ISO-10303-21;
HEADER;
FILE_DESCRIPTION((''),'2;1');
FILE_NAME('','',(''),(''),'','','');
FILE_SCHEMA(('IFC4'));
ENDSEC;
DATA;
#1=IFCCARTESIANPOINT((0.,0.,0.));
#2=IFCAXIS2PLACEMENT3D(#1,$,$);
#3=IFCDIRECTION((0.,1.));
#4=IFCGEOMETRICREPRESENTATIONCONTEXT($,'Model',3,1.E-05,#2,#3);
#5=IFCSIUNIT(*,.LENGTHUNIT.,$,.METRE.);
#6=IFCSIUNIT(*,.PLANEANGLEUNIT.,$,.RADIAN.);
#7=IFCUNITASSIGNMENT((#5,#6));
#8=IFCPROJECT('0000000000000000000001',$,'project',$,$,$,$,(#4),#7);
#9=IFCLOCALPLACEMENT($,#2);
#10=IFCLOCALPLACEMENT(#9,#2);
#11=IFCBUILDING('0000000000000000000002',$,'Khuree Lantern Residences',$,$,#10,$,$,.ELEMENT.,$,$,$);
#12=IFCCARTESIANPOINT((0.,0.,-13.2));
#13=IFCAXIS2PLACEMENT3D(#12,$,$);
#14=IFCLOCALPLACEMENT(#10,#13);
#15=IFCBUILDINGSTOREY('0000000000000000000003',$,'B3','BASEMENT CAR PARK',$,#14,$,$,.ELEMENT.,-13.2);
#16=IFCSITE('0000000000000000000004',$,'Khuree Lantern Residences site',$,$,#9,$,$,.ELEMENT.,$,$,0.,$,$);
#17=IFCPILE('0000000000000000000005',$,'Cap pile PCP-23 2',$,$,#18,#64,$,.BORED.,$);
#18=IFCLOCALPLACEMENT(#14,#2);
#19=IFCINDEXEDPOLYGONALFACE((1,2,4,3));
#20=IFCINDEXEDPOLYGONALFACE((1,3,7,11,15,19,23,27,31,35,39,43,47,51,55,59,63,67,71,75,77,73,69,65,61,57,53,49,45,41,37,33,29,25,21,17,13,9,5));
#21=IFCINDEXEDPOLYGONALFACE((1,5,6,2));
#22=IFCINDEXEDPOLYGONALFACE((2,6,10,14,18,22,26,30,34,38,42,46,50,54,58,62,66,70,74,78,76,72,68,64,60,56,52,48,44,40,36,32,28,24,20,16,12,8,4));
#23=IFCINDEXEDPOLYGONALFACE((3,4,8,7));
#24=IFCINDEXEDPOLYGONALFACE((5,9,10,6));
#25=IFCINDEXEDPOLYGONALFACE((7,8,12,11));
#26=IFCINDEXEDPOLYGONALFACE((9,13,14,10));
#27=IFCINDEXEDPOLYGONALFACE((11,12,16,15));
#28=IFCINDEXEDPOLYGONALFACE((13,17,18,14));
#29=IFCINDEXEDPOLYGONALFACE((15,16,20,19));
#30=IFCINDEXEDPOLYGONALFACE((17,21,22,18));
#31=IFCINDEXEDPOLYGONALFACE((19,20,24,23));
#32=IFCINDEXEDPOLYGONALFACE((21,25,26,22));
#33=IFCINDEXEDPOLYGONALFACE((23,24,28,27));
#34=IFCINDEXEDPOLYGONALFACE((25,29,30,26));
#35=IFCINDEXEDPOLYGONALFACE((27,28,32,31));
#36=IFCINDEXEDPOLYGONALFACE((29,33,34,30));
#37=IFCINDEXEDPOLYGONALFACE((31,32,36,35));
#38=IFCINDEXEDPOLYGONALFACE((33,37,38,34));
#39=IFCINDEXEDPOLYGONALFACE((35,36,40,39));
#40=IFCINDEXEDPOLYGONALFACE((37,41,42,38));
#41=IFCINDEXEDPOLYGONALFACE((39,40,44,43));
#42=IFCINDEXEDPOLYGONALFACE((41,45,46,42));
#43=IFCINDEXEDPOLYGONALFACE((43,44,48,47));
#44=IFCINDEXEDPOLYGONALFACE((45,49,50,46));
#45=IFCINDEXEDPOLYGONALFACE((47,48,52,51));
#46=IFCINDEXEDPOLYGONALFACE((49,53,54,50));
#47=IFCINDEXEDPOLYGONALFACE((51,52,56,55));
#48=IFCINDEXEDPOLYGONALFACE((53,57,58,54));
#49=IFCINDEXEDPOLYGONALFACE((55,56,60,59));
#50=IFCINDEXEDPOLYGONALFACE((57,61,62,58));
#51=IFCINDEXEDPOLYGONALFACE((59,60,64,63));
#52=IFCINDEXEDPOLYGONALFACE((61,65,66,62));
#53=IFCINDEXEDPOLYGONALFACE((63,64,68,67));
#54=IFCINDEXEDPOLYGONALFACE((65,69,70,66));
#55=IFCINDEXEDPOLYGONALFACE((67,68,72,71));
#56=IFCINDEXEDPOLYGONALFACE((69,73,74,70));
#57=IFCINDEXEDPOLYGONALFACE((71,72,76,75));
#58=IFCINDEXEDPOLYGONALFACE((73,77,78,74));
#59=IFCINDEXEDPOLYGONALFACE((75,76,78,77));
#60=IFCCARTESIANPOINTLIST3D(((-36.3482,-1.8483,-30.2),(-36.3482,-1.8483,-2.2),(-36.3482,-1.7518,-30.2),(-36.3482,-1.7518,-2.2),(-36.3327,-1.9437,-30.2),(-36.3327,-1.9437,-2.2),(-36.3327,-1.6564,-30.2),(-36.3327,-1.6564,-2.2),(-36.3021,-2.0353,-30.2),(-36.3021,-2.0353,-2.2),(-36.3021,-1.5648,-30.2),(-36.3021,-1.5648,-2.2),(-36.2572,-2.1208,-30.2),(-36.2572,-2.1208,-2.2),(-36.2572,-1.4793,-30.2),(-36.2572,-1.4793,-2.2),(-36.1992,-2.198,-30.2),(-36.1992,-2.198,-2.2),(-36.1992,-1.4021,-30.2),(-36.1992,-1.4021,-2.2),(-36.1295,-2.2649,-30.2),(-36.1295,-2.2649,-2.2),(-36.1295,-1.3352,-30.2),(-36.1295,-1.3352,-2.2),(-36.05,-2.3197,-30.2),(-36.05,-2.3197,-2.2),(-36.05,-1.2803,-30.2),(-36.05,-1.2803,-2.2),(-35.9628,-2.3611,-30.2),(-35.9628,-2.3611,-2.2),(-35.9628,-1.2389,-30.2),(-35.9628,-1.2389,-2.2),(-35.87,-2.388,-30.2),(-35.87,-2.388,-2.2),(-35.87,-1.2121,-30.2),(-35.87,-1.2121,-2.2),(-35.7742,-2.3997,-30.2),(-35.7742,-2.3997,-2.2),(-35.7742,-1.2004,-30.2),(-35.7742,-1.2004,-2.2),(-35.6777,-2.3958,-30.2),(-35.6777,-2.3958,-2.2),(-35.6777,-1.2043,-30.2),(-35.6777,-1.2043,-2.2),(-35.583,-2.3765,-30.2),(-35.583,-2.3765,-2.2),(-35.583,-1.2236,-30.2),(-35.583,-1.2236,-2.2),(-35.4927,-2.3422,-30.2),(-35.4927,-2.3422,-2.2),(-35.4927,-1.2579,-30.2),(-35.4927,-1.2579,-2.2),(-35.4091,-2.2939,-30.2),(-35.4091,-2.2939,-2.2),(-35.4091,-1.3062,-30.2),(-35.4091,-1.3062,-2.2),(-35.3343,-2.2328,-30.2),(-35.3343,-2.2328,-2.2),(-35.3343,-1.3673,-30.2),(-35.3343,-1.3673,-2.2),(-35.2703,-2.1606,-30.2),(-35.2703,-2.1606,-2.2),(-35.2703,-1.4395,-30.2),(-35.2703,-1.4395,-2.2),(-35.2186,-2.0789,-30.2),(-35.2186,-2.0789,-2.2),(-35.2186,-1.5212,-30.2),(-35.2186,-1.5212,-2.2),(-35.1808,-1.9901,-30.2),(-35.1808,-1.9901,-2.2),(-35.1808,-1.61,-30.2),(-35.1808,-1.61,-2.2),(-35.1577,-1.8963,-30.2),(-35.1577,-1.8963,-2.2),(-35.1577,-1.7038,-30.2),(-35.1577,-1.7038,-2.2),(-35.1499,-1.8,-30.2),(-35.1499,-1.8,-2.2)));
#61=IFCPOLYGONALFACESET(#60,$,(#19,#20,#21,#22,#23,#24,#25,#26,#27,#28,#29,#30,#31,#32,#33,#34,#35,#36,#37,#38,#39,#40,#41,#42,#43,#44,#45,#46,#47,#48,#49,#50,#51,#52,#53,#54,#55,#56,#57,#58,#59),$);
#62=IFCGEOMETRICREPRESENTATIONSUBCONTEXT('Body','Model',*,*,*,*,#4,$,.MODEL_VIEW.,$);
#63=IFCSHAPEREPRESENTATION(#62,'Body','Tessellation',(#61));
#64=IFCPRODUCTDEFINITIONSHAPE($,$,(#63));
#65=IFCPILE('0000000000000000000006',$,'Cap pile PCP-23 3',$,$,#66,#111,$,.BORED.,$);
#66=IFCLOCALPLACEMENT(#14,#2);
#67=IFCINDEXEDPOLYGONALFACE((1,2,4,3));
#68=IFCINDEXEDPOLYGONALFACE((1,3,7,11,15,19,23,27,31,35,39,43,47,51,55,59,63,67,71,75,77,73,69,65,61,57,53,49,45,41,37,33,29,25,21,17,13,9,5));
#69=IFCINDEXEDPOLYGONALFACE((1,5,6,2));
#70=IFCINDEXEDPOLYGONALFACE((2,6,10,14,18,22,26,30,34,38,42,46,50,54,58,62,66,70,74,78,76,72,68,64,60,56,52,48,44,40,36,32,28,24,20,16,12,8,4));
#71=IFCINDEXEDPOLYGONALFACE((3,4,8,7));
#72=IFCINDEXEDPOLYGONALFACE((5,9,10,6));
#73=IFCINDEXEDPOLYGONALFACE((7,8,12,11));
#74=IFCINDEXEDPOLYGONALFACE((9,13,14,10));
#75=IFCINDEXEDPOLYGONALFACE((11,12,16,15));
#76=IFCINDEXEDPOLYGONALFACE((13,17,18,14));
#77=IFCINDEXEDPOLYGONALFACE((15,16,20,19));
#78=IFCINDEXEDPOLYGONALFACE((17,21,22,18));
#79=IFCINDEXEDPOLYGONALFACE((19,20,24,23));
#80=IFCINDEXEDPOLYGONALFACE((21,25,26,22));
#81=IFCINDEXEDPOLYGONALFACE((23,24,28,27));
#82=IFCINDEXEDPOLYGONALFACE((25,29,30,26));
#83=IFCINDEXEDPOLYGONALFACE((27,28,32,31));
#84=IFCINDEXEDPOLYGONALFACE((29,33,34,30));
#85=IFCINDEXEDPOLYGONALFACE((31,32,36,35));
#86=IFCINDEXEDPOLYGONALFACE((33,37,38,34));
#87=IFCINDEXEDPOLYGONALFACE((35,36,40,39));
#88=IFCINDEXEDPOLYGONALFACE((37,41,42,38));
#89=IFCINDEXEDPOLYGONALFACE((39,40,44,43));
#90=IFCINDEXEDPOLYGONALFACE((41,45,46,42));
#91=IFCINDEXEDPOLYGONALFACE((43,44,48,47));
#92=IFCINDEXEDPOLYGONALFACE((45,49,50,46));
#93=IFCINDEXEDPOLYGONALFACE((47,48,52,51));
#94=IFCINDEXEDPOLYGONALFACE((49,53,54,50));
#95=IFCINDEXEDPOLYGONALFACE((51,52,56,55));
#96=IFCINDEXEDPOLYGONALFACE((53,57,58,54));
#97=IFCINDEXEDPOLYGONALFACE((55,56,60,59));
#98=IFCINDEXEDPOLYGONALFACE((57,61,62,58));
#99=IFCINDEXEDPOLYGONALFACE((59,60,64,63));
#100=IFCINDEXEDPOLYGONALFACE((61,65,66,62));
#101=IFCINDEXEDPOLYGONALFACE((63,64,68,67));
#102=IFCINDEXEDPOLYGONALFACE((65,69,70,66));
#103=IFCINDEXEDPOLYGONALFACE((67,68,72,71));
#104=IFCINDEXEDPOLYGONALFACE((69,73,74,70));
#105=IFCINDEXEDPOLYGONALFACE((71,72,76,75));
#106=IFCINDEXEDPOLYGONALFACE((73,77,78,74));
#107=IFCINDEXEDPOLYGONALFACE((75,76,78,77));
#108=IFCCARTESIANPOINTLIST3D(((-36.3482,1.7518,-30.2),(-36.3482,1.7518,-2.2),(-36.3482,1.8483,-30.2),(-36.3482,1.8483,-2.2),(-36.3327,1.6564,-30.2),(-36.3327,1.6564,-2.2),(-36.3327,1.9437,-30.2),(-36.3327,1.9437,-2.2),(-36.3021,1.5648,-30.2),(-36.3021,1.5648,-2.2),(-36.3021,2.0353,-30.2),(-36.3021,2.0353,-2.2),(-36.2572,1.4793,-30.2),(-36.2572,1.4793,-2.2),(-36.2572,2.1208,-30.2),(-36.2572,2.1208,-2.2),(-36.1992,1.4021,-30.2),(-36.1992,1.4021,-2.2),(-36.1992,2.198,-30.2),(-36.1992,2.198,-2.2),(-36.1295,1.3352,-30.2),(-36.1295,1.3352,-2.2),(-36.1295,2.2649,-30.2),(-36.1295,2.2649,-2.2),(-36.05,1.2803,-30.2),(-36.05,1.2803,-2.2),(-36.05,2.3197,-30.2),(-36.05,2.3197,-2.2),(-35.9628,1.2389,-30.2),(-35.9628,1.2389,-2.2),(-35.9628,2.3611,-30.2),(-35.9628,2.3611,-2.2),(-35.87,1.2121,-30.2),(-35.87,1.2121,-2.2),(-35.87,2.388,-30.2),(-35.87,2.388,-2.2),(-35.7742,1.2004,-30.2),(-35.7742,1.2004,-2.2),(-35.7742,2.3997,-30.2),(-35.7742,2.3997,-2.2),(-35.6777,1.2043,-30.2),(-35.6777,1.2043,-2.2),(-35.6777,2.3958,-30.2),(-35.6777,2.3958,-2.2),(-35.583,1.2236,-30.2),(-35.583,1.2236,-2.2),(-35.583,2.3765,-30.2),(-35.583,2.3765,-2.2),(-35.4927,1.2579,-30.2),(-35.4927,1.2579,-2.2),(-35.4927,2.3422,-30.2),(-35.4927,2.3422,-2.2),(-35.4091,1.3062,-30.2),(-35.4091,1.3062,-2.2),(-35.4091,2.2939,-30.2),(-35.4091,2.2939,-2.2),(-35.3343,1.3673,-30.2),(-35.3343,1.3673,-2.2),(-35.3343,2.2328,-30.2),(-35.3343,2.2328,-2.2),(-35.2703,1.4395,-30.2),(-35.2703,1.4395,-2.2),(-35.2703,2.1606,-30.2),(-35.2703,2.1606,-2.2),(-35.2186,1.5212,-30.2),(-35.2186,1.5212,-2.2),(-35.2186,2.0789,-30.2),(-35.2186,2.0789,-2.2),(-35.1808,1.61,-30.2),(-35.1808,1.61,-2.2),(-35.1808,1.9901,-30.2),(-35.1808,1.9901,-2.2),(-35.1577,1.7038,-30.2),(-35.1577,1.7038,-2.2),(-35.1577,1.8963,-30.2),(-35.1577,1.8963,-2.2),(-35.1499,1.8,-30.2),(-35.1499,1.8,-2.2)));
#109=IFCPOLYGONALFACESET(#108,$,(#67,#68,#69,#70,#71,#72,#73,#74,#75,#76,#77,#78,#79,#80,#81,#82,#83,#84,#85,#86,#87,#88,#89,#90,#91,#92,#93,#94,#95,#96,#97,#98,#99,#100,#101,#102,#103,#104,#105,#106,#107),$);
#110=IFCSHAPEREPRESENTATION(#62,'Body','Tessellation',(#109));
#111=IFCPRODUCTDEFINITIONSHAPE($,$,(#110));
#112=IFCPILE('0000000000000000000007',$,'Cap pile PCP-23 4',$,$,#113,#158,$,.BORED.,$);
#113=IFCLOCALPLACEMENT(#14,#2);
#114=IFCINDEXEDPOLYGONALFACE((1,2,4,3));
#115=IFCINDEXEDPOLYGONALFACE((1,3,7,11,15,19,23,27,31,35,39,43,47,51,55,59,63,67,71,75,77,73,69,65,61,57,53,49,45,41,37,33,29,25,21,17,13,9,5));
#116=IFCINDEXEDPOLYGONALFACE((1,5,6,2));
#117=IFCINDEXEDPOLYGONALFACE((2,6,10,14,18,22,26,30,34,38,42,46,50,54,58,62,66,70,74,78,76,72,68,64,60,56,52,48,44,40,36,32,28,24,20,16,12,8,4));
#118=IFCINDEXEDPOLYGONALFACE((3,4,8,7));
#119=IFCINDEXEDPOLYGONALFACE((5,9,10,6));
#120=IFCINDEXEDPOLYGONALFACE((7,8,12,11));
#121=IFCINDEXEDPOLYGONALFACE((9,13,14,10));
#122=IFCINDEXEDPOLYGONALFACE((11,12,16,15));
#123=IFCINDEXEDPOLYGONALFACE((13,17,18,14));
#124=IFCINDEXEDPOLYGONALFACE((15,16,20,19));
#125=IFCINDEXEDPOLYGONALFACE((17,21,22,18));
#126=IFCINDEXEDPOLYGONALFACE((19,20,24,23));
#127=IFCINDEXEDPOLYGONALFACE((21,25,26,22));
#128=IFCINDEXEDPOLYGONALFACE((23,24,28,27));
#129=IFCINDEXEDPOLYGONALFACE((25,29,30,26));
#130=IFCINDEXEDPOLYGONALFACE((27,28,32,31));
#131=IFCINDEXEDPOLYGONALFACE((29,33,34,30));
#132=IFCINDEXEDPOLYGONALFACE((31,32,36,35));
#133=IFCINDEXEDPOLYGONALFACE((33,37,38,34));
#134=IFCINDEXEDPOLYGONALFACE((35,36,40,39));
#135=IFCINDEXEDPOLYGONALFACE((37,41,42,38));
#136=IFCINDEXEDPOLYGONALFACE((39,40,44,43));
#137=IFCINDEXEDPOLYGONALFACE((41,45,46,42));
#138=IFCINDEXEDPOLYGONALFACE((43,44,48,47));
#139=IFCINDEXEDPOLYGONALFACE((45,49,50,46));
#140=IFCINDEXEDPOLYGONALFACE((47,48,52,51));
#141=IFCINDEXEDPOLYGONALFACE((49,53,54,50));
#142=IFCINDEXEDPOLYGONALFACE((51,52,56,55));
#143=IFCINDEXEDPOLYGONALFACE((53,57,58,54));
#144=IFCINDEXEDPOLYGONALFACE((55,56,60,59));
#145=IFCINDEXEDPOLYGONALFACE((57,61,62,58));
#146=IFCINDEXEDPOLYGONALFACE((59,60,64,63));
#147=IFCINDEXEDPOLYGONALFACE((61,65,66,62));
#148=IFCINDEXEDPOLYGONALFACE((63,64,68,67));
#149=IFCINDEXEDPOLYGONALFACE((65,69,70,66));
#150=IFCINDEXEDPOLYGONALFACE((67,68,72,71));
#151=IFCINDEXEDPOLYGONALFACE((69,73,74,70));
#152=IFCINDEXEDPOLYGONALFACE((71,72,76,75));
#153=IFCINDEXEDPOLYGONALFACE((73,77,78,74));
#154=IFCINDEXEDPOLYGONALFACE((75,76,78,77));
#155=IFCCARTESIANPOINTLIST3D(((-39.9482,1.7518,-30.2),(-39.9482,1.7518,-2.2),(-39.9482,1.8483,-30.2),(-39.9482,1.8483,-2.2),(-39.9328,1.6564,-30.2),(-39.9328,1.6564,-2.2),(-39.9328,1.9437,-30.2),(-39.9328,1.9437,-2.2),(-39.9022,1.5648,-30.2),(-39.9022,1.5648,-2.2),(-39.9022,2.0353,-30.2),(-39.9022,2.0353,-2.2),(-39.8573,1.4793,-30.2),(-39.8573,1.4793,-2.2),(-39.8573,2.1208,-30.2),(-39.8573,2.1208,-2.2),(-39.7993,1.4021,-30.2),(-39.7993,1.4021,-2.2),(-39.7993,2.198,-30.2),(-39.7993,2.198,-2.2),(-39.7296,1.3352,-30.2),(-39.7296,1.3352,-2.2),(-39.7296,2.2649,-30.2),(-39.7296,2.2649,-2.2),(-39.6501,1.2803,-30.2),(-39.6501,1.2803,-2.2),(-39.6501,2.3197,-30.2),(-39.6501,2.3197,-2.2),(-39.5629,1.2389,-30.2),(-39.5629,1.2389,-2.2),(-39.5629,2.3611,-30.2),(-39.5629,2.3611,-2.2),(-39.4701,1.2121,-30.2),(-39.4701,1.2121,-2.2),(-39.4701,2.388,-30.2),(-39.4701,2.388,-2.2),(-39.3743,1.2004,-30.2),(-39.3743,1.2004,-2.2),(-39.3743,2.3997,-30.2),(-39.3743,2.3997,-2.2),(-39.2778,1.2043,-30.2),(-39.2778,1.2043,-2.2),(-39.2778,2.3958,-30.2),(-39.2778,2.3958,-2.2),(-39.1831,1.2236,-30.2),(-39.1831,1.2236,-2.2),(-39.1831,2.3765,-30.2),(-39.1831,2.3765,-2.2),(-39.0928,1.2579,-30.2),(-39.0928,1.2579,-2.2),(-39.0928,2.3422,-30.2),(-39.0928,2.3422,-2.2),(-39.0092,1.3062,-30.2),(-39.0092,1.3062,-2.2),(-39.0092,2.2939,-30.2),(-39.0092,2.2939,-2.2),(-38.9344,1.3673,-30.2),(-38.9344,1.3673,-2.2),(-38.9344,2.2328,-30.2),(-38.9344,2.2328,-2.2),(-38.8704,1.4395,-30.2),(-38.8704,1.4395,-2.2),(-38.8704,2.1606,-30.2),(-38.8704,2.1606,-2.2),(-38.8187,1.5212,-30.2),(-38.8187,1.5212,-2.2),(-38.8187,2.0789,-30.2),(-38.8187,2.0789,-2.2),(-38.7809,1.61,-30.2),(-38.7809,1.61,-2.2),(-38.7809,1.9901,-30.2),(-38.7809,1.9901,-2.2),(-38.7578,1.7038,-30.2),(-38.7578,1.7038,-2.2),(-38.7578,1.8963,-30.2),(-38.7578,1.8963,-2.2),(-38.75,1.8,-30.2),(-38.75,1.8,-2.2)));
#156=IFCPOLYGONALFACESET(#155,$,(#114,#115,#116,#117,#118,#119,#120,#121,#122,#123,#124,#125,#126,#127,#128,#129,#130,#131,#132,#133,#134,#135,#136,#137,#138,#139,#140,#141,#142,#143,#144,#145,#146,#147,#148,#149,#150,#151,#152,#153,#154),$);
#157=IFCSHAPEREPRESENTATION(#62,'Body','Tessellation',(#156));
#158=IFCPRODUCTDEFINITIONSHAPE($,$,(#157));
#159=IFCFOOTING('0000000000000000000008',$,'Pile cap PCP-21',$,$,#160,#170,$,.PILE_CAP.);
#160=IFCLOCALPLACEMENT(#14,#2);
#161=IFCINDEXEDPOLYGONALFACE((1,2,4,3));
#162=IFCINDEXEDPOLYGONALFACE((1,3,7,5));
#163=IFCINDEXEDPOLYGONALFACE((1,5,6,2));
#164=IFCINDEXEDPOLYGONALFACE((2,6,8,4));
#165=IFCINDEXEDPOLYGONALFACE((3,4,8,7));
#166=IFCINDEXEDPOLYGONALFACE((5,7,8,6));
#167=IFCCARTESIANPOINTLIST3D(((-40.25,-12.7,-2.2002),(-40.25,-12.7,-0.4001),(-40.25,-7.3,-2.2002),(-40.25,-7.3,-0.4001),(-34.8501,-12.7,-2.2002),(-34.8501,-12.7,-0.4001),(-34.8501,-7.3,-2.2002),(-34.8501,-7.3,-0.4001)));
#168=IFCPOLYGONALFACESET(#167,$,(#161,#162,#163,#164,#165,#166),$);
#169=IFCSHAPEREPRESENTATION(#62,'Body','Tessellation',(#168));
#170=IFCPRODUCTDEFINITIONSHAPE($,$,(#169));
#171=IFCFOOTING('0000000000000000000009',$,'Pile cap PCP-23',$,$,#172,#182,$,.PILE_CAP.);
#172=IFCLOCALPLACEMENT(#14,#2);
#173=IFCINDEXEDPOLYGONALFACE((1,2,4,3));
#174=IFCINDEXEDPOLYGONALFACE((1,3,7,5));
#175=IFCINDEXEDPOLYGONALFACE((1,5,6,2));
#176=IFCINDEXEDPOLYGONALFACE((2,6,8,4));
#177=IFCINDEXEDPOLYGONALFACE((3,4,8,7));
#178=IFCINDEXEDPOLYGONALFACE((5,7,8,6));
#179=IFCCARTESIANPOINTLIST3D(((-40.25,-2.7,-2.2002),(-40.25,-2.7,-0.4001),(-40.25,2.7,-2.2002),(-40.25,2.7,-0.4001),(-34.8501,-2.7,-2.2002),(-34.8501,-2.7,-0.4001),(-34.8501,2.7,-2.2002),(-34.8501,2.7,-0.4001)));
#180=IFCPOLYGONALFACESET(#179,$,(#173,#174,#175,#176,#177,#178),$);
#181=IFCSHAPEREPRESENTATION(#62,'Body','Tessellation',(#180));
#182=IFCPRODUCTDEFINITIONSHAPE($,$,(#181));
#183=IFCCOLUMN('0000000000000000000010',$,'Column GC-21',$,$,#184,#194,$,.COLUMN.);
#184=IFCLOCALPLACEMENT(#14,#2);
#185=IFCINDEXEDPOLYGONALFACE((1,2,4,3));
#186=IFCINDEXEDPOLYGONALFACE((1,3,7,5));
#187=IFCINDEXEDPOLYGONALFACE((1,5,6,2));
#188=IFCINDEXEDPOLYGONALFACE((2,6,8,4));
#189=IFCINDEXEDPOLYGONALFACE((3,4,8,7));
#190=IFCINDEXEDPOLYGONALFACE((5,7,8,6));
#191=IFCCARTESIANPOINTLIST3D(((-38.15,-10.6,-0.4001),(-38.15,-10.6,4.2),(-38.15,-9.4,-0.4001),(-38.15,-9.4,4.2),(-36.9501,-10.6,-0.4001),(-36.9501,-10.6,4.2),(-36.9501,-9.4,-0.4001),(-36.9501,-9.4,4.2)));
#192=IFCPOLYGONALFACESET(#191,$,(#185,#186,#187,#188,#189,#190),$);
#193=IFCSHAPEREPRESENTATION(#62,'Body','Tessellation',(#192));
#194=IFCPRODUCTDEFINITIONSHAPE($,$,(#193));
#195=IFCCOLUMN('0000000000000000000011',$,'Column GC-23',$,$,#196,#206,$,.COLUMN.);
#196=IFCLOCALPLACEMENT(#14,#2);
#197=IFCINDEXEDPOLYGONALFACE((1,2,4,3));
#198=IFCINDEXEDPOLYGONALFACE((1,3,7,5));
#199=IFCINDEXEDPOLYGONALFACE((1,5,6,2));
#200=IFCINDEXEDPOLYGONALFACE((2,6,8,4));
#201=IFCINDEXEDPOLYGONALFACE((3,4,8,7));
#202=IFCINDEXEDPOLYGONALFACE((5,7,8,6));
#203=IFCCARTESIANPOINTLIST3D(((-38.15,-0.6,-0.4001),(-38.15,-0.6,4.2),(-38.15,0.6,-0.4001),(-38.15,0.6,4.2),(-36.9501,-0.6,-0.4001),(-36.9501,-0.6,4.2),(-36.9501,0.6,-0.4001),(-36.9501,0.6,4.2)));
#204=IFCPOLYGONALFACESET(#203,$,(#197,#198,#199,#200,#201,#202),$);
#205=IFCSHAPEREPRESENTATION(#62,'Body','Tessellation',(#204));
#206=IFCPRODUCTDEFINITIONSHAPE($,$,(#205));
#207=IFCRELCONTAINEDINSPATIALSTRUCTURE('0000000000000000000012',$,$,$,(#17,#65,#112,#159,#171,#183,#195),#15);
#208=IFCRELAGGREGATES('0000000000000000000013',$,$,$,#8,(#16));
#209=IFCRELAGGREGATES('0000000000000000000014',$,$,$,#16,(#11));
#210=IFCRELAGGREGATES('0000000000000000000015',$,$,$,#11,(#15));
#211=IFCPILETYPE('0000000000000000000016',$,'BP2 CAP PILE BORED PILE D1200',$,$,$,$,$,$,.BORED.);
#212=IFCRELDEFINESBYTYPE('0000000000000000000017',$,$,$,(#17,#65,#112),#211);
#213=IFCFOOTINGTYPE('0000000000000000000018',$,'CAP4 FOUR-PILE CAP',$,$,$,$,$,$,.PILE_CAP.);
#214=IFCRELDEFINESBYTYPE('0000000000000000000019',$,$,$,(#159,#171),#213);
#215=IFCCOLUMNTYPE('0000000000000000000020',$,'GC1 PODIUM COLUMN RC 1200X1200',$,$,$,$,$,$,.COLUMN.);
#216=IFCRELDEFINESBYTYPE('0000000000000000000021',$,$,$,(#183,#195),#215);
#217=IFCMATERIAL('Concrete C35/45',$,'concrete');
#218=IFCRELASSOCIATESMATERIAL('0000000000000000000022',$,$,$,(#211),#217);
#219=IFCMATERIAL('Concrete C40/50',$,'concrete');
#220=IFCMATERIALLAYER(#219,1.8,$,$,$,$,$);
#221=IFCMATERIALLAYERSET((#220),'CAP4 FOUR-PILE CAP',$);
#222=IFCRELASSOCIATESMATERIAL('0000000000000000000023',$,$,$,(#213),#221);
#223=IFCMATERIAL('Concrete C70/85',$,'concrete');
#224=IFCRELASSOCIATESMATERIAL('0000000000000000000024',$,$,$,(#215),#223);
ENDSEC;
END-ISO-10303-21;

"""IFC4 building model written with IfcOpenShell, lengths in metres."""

from ifc_helpers import new_model, si_unit, direction, frame, origin, origin_2d, place, context, subcontext, project, spatial, rectangle, circle, extrude, material, layer, layer_set, material_profile, profile_set, type_object, element, save


model = new_model("IFC4")

# Units and contexts
model_context = context("Model", 3, precision=1e-05, world=origin(), true_north=direction((0.0, 1.0)))
body_context = subcontext(model_context, "Body", "Model", "MODEL_VIEW")
ifc_project = project(units=[si_unit("LENGTHUNIT", "METRE"), si_unit("PLANEANGLEUNIT", "RADIAN")], contexts=[model_context])

# Site, building, storey
site_placement = place(None, origin())
site = spatial("IfcSite", under=ifc_project, at=site_placement, Name="Khuree Lantern Residences site", CompositionType="ELEMENT", RefElevation=0.0)
building_placement = place(site_placement, origin())
building = spatial("IfcBuilding", under=site, at=building_placement, Name="Khuree Lantern Residences", CompositionType="ELEMENT")
storey_placement = place(building_placement, frame((0.0, 0.0, -13.2)))
storey = spatial("IfcBuildingStorey", under=building, at=storey_placement, Name="B3", Description="BASEMENT CAR PARK", CompositionType="ELEMENT", Elevation=-13.2)

# Piles
ifc_material_1 = material(Name="Concrete C35/45", Category="concrete")
ifc_material_profile_1 = material_profile(ifc_material_1, circle(Radius=0.6001, at=origin_2d()), Name="BORED PILE D1200")
ifc_profile_set_1 = profile_set([ifc_material_profile_1], Name="Concrete C35/45")
pile_type_1 = type_object("IfcPileType", Name="BP2 CAP PILE BORED PILE D1200", PredefinedType="BORED", material=ifc_profile_set_1)
for number, where, z_axis, x_axis, name in (
    (1, (-35.75, -1.8, -2.2), (0.0, 0.0, -1.0), (1.0, 0.0, 0.0), "Cap pile PCP-23 2"),
    (2, (-35.75, 1.8, -2.2), (0.0, 0.0, -1.0), (1.0, 0.0, 0.0), "Cap pile PCP-23 3"),
    (3, (-39.3501, 1.8, -2.2), (0.0, 0.0, -1.0), (1.0, 0.0, 0.0), "Cap pile PCP-23 4"),
):
    element("IfcPile", number, at=place(storey_placement, frame(where, z_axis=z_axis, x_axis=x_axis)), inside=storey, type_object=pile_type_1, Name=name, PredefinedType="BORED", context=body_context, shape_type="SweptSolid", body=[
        extrude(circle(Radius=0.6001, at=origin_2d()), origin(), (0.0, 0.0, 1.0), 28.0),
    ])

# Footings
ifc_material_2 = material(Name="Concrete C40/50", Category="concrete")
ifc_layer_1 = layer(ifc_material_2, 1.8)
ifc_layer_set_1 = layer_set([ifc_layer_1], Name="CAP4 FOUR-PILE CAP")
footing_type = type_object("IfcFootingType", Name="CAP4 FOUR-PILE CAP", PredefinedType="PILE_CAP", material=ifc_layer_set_1)
for number, where, z_axis, x_axis, name in (
    (4, (-37.55, -10.0, -2.2002), (0.0, 0.0, 1.0), (1.0, 0.0, 0.0), "Pile cap PCP-21"),
    (5, (-37.55, 0.0, -2.2002), (0.0, 0.0, 1.0), (1.0, 0.0, 0.0), "Pile cap PCP-23"),
):
    element("IfcFooting", number, at=place(storey_placement, frame(where, z_axis=z_axis, x_axis=x_axis)), inside=storey, type_object=footing_type, Name=name, PredefinedType="PILE_CAP", context=body_context, shape_type="SweptSolid", body=[
        extrude(rectangle(XDim=5.3999, YDim=5.3999, at=origin_2d()), origin(), (0.0, 0.0, 1.0), 1.8),
    ])

# Columns
ifc_material_3 = material(Name="Concrete C70/85", Category="concrete")
ifc_material_profile_2 = material_profile(ifc_material_3, rectangle(XDim=1.2, YDim=1.2, at=origin_2d()), Name="RC 1200X1200")
ifc_profile_set_2 = profile_set([ifc_material_profile_2], Name="Concrete C70/85")
column_type_1 = type_object("IfcColumnType", Name="GC1 PODIUM COLUMN RC 1200X1200", PredefinedType="COLUMN", material=ifc_profile_set_2)
for number, where, z_axis, x_axis, name in (
    (6, (-37.55, -10.0, -0.4001), (0.0, 0.0, 1.0), (1.0, 0.0, 0.0), "Column GC-21"),
    (7, (-37.55, 0.0, -0.4001), (0.0, 0.0, 1.0), (1.0, 0.0, 0.0), "Column GC-23"),
):
    element("IfcColumn", number, at=place(storey_placement, frame(where, z_axis=z_axis, x_axis=x_axis)), inside=storey, type_object=column_type_1, Name=name, PredefinedType="COLUMN", context=body_context, shape_type="SweptSolid", body=[
        extrude(rectangle(XDim=1.2, YDim=1.2, at=origin_2d()), origin(), (0.0, 0.0, 1.0), 4.6001),
    ])

save(model, "model.ifc")
